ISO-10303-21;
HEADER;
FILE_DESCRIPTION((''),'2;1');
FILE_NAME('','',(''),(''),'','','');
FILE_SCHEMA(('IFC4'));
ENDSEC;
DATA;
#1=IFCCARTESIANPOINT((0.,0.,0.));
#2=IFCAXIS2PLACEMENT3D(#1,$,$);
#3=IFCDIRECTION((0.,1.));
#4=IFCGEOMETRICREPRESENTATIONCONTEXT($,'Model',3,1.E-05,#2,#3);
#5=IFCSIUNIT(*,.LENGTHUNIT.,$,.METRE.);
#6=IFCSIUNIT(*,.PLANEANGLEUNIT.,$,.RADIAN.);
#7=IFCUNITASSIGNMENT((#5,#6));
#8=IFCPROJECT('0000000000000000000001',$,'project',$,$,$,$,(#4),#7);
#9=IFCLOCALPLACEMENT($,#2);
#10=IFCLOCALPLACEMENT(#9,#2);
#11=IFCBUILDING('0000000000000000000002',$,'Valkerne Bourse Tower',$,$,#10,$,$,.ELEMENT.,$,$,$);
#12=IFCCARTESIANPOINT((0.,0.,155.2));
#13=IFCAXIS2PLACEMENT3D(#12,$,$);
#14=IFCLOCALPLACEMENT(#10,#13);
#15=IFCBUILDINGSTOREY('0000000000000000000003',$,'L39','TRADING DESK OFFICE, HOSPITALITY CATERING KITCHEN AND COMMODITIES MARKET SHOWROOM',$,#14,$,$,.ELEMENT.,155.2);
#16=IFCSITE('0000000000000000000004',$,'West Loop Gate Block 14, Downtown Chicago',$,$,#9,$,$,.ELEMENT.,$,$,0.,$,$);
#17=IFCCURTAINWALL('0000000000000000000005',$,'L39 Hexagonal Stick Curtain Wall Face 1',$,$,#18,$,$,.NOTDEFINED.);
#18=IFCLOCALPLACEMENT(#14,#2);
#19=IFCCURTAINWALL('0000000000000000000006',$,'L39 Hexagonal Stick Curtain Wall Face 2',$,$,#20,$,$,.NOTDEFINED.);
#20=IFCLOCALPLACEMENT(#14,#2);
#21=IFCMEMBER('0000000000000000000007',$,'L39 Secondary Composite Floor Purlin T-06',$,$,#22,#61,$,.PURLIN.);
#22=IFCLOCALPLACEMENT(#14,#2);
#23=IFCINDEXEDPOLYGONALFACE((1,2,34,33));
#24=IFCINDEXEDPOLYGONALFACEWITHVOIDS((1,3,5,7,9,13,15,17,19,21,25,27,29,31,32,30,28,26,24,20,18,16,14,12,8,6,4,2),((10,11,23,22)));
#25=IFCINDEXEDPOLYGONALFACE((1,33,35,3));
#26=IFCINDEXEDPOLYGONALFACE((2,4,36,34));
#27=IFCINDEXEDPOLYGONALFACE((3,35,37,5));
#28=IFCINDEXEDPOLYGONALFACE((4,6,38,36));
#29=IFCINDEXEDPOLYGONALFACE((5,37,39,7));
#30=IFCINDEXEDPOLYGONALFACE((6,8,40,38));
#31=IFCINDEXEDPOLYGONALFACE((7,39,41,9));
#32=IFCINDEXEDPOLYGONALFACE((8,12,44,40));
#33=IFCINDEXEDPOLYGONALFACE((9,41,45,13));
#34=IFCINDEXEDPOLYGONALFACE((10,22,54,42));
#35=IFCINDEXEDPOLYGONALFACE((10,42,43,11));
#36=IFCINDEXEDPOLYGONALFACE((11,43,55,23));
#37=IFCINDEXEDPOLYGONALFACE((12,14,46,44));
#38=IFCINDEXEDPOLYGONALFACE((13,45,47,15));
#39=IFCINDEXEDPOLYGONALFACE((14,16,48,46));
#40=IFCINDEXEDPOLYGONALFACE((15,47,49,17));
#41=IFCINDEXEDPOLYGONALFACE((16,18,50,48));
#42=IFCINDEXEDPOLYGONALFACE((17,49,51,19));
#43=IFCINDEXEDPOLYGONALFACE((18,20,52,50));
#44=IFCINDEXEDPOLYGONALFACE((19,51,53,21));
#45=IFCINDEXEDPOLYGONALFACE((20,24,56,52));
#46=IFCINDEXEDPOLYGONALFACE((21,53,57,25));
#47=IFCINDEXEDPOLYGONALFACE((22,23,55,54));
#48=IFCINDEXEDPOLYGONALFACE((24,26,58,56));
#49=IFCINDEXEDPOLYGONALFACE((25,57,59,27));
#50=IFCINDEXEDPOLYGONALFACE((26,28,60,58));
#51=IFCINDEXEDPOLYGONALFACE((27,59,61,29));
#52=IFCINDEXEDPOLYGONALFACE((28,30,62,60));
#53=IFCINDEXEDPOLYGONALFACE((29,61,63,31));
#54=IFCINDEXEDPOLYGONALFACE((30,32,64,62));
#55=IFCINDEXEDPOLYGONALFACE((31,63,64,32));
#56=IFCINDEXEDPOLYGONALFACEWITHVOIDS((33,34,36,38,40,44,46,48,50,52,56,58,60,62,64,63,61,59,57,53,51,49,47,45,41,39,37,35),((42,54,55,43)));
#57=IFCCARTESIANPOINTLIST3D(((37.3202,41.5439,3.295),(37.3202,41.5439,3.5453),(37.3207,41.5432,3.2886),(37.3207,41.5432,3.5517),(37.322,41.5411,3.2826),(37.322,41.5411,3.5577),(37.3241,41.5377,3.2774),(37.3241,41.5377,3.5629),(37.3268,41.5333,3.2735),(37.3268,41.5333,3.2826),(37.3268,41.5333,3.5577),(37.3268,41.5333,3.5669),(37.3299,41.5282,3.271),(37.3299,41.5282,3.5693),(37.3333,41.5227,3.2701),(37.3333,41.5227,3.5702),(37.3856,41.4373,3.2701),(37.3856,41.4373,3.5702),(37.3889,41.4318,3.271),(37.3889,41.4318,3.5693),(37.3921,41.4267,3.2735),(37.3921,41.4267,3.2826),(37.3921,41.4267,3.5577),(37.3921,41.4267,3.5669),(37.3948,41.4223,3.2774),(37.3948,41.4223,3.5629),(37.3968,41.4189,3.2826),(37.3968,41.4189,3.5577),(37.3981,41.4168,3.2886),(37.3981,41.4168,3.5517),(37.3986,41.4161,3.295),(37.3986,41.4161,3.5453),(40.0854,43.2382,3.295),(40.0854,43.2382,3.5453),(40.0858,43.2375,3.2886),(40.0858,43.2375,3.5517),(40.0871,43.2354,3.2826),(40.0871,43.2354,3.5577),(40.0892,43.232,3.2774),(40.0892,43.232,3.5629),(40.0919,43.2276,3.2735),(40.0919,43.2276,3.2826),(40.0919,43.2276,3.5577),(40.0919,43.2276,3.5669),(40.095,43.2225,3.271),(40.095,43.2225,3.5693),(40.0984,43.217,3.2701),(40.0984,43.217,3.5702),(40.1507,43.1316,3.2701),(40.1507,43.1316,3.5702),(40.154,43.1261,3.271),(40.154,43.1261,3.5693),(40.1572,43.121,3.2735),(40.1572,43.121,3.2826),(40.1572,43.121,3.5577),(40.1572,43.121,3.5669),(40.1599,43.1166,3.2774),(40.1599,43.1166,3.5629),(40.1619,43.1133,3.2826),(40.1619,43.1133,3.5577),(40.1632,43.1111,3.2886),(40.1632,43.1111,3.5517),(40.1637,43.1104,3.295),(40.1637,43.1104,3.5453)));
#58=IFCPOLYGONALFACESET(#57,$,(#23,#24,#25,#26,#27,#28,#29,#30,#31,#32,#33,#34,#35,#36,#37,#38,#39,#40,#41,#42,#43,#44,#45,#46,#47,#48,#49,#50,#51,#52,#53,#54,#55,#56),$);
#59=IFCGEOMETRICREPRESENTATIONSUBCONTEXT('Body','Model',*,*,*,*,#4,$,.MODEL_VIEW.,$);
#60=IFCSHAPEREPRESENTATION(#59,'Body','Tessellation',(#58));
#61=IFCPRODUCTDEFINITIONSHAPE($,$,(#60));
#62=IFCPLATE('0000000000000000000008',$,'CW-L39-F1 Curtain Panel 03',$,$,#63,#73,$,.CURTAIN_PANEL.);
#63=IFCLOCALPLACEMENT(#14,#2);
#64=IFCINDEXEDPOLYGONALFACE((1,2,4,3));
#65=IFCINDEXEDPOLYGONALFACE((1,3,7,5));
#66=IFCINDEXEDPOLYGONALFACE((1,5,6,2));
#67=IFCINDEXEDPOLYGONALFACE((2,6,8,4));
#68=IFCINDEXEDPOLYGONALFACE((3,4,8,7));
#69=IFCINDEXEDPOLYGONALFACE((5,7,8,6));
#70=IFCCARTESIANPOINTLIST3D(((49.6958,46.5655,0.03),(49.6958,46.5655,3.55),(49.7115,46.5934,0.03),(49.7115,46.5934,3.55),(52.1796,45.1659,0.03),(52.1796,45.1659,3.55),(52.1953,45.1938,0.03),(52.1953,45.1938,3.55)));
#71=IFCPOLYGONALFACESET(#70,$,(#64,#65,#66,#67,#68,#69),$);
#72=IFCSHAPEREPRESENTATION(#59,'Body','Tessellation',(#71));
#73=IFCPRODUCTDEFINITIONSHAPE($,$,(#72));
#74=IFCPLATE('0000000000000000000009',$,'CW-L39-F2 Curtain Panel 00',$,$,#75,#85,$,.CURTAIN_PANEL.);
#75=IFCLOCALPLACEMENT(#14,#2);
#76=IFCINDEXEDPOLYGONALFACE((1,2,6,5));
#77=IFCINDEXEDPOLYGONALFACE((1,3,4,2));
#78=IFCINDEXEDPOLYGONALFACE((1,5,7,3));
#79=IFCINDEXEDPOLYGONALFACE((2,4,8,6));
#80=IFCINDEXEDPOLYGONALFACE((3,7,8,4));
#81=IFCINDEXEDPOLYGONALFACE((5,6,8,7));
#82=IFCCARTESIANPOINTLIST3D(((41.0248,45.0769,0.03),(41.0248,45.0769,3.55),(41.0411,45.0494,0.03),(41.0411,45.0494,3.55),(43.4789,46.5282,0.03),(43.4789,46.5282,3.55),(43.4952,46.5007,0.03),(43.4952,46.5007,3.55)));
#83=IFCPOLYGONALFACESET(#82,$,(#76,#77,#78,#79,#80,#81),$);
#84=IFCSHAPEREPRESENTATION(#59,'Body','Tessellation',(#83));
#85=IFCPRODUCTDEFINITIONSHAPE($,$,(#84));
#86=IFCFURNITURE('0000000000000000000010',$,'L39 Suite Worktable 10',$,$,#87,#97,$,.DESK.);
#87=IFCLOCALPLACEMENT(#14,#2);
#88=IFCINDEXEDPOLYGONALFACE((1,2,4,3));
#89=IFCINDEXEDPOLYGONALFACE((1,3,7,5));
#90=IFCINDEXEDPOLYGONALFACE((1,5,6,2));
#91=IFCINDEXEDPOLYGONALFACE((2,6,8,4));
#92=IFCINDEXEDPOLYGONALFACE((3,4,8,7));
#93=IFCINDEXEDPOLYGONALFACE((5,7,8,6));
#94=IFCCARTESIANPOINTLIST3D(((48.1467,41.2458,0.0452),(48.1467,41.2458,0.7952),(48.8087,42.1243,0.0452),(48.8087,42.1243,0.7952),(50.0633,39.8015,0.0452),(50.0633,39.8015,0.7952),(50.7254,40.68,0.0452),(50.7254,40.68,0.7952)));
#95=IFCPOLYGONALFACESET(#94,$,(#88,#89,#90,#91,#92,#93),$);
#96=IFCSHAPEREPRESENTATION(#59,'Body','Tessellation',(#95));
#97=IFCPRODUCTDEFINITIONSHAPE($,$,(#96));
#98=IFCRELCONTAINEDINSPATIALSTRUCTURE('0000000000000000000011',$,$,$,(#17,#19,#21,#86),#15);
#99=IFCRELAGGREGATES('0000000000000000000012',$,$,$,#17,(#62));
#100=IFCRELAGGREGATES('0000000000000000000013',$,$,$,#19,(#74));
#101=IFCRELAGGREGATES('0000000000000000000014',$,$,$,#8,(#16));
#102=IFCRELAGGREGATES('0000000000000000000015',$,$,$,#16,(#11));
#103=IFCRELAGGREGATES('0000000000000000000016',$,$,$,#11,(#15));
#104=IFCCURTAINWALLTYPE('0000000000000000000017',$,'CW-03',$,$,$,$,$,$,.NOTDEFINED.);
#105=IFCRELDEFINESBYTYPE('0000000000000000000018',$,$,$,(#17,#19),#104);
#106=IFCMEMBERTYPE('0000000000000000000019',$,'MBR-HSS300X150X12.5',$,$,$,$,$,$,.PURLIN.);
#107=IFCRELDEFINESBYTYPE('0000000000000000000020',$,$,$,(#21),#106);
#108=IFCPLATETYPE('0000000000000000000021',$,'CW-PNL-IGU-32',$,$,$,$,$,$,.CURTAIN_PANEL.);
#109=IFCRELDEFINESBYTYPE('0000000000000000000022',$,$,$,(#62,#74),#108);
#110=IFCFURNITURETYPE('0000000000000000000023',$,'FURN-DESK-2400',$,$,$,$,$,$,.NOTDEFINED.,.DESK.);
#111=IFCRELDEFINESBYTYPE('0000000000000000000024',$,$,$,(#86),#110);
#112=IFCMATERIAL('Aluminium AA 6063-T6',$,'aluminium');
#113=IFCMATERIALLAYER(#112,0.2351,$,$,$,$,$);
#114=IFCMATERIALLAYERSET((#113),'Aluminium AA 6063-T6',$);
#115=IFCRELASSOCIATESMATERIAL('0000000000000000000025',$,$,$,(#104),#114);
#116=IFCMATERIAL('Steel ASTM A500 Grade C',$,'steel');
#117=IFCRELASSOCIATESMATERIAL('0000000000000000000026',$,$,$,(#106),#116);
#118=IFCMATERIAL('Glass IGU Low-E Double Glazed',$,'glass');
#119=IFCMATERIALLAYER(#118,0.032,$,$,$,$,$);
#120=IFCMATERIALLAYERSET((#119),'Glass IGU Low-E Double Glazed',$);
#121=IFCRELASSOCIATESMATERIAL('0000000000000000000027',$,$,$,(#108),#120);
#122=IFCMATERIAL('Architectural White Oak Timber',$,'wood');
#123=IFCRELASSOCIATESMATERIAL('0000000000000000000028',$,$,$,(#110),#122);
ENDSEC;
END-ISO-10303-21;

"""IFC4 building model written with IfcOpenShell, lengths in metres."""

from ifc_helpers import new_model, si_unit, direction, frame, origin, origin_2d, place, context, subcontext, project, spatial, rectangle, hollow_rectangle, extrude, material, layer, layer_set, material_profile, profile_set, type_object, element, aggregate, save


model = new_model("IFC4")

# Units and contexts
model_context = context("Model", 3, precision=1e-05, world=origin(), true_north=direction((0.0, 1.0)))
body_context = subcontext(model_context, "Body", "Model", "MODEL_VIEW")
ifc_project = project(units=[si_unit("LENGTHUNIT", "METRE"), si_unit("PLANEANGLEUNIT", "RADIAN")], contexts=[model_context])

# Site, building, storey
site_placement = place(None, origin())
site = spatial("IfcSite", under=ifc_project, at=site_placement, Name="West Loop Gate Block 14, Downtown Chicago", CompositionType="ELEMENT", RefElevation=0.0)
building_placement = place(site_placement, origin())
building = spatial("IfcBuilding", under=site, at=building_placement, Name="Valkerne Bourse Tower", CompositionType="ELEMENT")
storey_placement = place(building_placement, frame((0.0, 0.0, 155.2)))
storey = spatial("IfcBuildingStorey", under=building, at=storey_placement, Name="L39", Description="TRADING DESK OFFICE, HOSPITALITY CATERING KITCHEN AND COMMODITIES MARKET SHOWROOM", CompositionType="ELEMENT", Elevation=155.2)

# Curtain wall
ifc_material_1 = material(Name="Aluminium AA 6063-T6", Category="aluminium")
ifc_layer_1 = layer(ifc_material_1, 0.2351)
ifc_layer_set_1 = layer_set([ifc_layer_1], Name="Aluminium AA 6063-T6")
curtain_wall_type = type_object("IfcCurtainWallType", Name="CW-03", PredefinedType="NOTDEFINED", material=ifc_layer_set_1)
curtain_wall_1_placement = place(storey_placement, origin())
curtain_wall_1 = element("IfcCurtainWall", 1, at=curtain_wall_1_placement, inside=storey, type_object=curtain_wall_type, Name="L39 Hexagonal Stick Curtain Wall Face 1", PredefinedType="NOTDEFINED")

# Curtain wall
curtain_wall_2_placement = place(storey_placement, origin())
curtain_wall_2 = element("IfcCurtainWall", 2, at=curtain_wall_2_placement, inside=storey, type_object=curtain_wall_type, Name="L39 Hexagonal Stick Curtain Wall Face 2", PredefinedType="NOTDEFINED")

# Member
ifc_material_2 = material(Name="Steel ASTM A500 Grade C", Category="steel")
ifc_material_profile_1 = material_profile(ifc_material_2, hollow_rectangle(XDim=0.1499, YDim=0.3, WallThickness=0.0125, OuterFilletRadius=0.0249, at=origin_2d()), Name="HSS300X150X12.5")
ifc_profile_set_1 = profile_set([ifc_material_profile_1], Name="Steel ASTM A500 Grade C")
member_type_1 = type_object("IfcMemberType", Name="MBR-HSS300X150X12.5", PredefinedType="PURLIN", material=ifc_profile_set_1)
member_1_placement = place(storey_placement, frame((40.1245, 43.1743, 3.4202), z_axis=(-0.85266, -0.522467, 0.0), x_axis=(0.522467, -0.85266, 0.0)))
element("IfcMember", 3, at=member_1_placement, inside=storey, type_object=member_type_1, Name="L39 Secondary Composite Floor Purlin T-06", PredefinedType="PURLIN", context=body_context, shape_type="SweptSolid", body=[
    extrude(hollow_rectangle(XDim=0.1499, YDim=0.3, WallThickness=0.0125, OuterFilletRadius=0.0249, at=origin_2d()), origin(), (0.0, 0.0, 1.0), 3.2429),
])

# Plates
ifc_material_3 = material(Name="Glass IGU Low-E Double Glazed", Category="glass")
ifc_layer_2 = layer(ifc_material_3, 0.032)
ifc_layer_set_2 = layer_set([ifc_layer_2], Name="Glass IGU Low-E Double Glazed")
plate_type = type_object("IfcPlateType", Name="CW-PNL-IGU-32", PredefinedType="CURTAIN_PANEL", material=ifc_layer_set_2)
plate_1_placement = place(storey_placement, frame((50.9456, 45.8796, 0.03), z_axis=(0.0, 0.0, 1.0), x_axis=(-0.871211, 0.49091, 0.0)))
plate_1 = element("IfcPlate", 4, at=plate_1_placement, type_object=plate_type, Name="CW-L39-F1 Curtain Panel 03", PredefinedType="CURTAIN_PANEL", context=body_context, shape_type="SweptSolid", body=[
    extrude(rectangle(XDim=2.8511, YDim=0.032, at=origin_2d()), origin(), (0.0, 0.0, 1.0), 3.52),
])
aggregate(curtain_wall_1, [plate_1])
plate_2_placement = place(storey_placement, frame((42.26, 45.7888, 0.03), z_axis=(0.0, 0.0, 1.0), x_axis=(-0.860744, -0.509038, 0.0)))
plate_2 = element("IfcPlate", 5, at=plate_2_placement, type_object=plate_type, Name="CW-L39-F2 Curtain Panel 00", PredefinedType="CURTAIN_PANEL", context=body_context, shape_type="SweptSolid", body=[
    extrude(rectangle(XDim=2.8511, YDim=0.032, at=origin_2d()), origin(), (0.0, 0.0, 1.0), 3.52),
])
aggregate(curtain_wall_2, [plate_2])

# Furniture
ifc_material_4 = material(Name="Architectural White Oak Timber", Category="wood")
furniture_type = type_object("IfcFurnitureType", Name="FURN-DESK-2400", AssemblyPlace="NOTDEFINED", PredefinedType="DESK", material=ifc_material_4)
furniture_placement = place(storey_placement, frame((49.436, 40.9629, 0.0452), z_axis=(0.0, 0.0, 1.0), x_axis=(-0.798636, 0.601815, 0.0)))
element("IfcFurniture", 6, at=furniture_placement, inside=storey, type_object=furniture_type, Name="L39 Suite Worktable 10", PredefinedType="DESK", context=body_context, shape_type="SweptSolid", body=[
    extrude(rectangle(XDim=2.3999, YDim=1.1001, at=origin_2d()), origin(), (0.0, 0.0, 1.0), 0.75),
])

save(model, "model.ifc")
